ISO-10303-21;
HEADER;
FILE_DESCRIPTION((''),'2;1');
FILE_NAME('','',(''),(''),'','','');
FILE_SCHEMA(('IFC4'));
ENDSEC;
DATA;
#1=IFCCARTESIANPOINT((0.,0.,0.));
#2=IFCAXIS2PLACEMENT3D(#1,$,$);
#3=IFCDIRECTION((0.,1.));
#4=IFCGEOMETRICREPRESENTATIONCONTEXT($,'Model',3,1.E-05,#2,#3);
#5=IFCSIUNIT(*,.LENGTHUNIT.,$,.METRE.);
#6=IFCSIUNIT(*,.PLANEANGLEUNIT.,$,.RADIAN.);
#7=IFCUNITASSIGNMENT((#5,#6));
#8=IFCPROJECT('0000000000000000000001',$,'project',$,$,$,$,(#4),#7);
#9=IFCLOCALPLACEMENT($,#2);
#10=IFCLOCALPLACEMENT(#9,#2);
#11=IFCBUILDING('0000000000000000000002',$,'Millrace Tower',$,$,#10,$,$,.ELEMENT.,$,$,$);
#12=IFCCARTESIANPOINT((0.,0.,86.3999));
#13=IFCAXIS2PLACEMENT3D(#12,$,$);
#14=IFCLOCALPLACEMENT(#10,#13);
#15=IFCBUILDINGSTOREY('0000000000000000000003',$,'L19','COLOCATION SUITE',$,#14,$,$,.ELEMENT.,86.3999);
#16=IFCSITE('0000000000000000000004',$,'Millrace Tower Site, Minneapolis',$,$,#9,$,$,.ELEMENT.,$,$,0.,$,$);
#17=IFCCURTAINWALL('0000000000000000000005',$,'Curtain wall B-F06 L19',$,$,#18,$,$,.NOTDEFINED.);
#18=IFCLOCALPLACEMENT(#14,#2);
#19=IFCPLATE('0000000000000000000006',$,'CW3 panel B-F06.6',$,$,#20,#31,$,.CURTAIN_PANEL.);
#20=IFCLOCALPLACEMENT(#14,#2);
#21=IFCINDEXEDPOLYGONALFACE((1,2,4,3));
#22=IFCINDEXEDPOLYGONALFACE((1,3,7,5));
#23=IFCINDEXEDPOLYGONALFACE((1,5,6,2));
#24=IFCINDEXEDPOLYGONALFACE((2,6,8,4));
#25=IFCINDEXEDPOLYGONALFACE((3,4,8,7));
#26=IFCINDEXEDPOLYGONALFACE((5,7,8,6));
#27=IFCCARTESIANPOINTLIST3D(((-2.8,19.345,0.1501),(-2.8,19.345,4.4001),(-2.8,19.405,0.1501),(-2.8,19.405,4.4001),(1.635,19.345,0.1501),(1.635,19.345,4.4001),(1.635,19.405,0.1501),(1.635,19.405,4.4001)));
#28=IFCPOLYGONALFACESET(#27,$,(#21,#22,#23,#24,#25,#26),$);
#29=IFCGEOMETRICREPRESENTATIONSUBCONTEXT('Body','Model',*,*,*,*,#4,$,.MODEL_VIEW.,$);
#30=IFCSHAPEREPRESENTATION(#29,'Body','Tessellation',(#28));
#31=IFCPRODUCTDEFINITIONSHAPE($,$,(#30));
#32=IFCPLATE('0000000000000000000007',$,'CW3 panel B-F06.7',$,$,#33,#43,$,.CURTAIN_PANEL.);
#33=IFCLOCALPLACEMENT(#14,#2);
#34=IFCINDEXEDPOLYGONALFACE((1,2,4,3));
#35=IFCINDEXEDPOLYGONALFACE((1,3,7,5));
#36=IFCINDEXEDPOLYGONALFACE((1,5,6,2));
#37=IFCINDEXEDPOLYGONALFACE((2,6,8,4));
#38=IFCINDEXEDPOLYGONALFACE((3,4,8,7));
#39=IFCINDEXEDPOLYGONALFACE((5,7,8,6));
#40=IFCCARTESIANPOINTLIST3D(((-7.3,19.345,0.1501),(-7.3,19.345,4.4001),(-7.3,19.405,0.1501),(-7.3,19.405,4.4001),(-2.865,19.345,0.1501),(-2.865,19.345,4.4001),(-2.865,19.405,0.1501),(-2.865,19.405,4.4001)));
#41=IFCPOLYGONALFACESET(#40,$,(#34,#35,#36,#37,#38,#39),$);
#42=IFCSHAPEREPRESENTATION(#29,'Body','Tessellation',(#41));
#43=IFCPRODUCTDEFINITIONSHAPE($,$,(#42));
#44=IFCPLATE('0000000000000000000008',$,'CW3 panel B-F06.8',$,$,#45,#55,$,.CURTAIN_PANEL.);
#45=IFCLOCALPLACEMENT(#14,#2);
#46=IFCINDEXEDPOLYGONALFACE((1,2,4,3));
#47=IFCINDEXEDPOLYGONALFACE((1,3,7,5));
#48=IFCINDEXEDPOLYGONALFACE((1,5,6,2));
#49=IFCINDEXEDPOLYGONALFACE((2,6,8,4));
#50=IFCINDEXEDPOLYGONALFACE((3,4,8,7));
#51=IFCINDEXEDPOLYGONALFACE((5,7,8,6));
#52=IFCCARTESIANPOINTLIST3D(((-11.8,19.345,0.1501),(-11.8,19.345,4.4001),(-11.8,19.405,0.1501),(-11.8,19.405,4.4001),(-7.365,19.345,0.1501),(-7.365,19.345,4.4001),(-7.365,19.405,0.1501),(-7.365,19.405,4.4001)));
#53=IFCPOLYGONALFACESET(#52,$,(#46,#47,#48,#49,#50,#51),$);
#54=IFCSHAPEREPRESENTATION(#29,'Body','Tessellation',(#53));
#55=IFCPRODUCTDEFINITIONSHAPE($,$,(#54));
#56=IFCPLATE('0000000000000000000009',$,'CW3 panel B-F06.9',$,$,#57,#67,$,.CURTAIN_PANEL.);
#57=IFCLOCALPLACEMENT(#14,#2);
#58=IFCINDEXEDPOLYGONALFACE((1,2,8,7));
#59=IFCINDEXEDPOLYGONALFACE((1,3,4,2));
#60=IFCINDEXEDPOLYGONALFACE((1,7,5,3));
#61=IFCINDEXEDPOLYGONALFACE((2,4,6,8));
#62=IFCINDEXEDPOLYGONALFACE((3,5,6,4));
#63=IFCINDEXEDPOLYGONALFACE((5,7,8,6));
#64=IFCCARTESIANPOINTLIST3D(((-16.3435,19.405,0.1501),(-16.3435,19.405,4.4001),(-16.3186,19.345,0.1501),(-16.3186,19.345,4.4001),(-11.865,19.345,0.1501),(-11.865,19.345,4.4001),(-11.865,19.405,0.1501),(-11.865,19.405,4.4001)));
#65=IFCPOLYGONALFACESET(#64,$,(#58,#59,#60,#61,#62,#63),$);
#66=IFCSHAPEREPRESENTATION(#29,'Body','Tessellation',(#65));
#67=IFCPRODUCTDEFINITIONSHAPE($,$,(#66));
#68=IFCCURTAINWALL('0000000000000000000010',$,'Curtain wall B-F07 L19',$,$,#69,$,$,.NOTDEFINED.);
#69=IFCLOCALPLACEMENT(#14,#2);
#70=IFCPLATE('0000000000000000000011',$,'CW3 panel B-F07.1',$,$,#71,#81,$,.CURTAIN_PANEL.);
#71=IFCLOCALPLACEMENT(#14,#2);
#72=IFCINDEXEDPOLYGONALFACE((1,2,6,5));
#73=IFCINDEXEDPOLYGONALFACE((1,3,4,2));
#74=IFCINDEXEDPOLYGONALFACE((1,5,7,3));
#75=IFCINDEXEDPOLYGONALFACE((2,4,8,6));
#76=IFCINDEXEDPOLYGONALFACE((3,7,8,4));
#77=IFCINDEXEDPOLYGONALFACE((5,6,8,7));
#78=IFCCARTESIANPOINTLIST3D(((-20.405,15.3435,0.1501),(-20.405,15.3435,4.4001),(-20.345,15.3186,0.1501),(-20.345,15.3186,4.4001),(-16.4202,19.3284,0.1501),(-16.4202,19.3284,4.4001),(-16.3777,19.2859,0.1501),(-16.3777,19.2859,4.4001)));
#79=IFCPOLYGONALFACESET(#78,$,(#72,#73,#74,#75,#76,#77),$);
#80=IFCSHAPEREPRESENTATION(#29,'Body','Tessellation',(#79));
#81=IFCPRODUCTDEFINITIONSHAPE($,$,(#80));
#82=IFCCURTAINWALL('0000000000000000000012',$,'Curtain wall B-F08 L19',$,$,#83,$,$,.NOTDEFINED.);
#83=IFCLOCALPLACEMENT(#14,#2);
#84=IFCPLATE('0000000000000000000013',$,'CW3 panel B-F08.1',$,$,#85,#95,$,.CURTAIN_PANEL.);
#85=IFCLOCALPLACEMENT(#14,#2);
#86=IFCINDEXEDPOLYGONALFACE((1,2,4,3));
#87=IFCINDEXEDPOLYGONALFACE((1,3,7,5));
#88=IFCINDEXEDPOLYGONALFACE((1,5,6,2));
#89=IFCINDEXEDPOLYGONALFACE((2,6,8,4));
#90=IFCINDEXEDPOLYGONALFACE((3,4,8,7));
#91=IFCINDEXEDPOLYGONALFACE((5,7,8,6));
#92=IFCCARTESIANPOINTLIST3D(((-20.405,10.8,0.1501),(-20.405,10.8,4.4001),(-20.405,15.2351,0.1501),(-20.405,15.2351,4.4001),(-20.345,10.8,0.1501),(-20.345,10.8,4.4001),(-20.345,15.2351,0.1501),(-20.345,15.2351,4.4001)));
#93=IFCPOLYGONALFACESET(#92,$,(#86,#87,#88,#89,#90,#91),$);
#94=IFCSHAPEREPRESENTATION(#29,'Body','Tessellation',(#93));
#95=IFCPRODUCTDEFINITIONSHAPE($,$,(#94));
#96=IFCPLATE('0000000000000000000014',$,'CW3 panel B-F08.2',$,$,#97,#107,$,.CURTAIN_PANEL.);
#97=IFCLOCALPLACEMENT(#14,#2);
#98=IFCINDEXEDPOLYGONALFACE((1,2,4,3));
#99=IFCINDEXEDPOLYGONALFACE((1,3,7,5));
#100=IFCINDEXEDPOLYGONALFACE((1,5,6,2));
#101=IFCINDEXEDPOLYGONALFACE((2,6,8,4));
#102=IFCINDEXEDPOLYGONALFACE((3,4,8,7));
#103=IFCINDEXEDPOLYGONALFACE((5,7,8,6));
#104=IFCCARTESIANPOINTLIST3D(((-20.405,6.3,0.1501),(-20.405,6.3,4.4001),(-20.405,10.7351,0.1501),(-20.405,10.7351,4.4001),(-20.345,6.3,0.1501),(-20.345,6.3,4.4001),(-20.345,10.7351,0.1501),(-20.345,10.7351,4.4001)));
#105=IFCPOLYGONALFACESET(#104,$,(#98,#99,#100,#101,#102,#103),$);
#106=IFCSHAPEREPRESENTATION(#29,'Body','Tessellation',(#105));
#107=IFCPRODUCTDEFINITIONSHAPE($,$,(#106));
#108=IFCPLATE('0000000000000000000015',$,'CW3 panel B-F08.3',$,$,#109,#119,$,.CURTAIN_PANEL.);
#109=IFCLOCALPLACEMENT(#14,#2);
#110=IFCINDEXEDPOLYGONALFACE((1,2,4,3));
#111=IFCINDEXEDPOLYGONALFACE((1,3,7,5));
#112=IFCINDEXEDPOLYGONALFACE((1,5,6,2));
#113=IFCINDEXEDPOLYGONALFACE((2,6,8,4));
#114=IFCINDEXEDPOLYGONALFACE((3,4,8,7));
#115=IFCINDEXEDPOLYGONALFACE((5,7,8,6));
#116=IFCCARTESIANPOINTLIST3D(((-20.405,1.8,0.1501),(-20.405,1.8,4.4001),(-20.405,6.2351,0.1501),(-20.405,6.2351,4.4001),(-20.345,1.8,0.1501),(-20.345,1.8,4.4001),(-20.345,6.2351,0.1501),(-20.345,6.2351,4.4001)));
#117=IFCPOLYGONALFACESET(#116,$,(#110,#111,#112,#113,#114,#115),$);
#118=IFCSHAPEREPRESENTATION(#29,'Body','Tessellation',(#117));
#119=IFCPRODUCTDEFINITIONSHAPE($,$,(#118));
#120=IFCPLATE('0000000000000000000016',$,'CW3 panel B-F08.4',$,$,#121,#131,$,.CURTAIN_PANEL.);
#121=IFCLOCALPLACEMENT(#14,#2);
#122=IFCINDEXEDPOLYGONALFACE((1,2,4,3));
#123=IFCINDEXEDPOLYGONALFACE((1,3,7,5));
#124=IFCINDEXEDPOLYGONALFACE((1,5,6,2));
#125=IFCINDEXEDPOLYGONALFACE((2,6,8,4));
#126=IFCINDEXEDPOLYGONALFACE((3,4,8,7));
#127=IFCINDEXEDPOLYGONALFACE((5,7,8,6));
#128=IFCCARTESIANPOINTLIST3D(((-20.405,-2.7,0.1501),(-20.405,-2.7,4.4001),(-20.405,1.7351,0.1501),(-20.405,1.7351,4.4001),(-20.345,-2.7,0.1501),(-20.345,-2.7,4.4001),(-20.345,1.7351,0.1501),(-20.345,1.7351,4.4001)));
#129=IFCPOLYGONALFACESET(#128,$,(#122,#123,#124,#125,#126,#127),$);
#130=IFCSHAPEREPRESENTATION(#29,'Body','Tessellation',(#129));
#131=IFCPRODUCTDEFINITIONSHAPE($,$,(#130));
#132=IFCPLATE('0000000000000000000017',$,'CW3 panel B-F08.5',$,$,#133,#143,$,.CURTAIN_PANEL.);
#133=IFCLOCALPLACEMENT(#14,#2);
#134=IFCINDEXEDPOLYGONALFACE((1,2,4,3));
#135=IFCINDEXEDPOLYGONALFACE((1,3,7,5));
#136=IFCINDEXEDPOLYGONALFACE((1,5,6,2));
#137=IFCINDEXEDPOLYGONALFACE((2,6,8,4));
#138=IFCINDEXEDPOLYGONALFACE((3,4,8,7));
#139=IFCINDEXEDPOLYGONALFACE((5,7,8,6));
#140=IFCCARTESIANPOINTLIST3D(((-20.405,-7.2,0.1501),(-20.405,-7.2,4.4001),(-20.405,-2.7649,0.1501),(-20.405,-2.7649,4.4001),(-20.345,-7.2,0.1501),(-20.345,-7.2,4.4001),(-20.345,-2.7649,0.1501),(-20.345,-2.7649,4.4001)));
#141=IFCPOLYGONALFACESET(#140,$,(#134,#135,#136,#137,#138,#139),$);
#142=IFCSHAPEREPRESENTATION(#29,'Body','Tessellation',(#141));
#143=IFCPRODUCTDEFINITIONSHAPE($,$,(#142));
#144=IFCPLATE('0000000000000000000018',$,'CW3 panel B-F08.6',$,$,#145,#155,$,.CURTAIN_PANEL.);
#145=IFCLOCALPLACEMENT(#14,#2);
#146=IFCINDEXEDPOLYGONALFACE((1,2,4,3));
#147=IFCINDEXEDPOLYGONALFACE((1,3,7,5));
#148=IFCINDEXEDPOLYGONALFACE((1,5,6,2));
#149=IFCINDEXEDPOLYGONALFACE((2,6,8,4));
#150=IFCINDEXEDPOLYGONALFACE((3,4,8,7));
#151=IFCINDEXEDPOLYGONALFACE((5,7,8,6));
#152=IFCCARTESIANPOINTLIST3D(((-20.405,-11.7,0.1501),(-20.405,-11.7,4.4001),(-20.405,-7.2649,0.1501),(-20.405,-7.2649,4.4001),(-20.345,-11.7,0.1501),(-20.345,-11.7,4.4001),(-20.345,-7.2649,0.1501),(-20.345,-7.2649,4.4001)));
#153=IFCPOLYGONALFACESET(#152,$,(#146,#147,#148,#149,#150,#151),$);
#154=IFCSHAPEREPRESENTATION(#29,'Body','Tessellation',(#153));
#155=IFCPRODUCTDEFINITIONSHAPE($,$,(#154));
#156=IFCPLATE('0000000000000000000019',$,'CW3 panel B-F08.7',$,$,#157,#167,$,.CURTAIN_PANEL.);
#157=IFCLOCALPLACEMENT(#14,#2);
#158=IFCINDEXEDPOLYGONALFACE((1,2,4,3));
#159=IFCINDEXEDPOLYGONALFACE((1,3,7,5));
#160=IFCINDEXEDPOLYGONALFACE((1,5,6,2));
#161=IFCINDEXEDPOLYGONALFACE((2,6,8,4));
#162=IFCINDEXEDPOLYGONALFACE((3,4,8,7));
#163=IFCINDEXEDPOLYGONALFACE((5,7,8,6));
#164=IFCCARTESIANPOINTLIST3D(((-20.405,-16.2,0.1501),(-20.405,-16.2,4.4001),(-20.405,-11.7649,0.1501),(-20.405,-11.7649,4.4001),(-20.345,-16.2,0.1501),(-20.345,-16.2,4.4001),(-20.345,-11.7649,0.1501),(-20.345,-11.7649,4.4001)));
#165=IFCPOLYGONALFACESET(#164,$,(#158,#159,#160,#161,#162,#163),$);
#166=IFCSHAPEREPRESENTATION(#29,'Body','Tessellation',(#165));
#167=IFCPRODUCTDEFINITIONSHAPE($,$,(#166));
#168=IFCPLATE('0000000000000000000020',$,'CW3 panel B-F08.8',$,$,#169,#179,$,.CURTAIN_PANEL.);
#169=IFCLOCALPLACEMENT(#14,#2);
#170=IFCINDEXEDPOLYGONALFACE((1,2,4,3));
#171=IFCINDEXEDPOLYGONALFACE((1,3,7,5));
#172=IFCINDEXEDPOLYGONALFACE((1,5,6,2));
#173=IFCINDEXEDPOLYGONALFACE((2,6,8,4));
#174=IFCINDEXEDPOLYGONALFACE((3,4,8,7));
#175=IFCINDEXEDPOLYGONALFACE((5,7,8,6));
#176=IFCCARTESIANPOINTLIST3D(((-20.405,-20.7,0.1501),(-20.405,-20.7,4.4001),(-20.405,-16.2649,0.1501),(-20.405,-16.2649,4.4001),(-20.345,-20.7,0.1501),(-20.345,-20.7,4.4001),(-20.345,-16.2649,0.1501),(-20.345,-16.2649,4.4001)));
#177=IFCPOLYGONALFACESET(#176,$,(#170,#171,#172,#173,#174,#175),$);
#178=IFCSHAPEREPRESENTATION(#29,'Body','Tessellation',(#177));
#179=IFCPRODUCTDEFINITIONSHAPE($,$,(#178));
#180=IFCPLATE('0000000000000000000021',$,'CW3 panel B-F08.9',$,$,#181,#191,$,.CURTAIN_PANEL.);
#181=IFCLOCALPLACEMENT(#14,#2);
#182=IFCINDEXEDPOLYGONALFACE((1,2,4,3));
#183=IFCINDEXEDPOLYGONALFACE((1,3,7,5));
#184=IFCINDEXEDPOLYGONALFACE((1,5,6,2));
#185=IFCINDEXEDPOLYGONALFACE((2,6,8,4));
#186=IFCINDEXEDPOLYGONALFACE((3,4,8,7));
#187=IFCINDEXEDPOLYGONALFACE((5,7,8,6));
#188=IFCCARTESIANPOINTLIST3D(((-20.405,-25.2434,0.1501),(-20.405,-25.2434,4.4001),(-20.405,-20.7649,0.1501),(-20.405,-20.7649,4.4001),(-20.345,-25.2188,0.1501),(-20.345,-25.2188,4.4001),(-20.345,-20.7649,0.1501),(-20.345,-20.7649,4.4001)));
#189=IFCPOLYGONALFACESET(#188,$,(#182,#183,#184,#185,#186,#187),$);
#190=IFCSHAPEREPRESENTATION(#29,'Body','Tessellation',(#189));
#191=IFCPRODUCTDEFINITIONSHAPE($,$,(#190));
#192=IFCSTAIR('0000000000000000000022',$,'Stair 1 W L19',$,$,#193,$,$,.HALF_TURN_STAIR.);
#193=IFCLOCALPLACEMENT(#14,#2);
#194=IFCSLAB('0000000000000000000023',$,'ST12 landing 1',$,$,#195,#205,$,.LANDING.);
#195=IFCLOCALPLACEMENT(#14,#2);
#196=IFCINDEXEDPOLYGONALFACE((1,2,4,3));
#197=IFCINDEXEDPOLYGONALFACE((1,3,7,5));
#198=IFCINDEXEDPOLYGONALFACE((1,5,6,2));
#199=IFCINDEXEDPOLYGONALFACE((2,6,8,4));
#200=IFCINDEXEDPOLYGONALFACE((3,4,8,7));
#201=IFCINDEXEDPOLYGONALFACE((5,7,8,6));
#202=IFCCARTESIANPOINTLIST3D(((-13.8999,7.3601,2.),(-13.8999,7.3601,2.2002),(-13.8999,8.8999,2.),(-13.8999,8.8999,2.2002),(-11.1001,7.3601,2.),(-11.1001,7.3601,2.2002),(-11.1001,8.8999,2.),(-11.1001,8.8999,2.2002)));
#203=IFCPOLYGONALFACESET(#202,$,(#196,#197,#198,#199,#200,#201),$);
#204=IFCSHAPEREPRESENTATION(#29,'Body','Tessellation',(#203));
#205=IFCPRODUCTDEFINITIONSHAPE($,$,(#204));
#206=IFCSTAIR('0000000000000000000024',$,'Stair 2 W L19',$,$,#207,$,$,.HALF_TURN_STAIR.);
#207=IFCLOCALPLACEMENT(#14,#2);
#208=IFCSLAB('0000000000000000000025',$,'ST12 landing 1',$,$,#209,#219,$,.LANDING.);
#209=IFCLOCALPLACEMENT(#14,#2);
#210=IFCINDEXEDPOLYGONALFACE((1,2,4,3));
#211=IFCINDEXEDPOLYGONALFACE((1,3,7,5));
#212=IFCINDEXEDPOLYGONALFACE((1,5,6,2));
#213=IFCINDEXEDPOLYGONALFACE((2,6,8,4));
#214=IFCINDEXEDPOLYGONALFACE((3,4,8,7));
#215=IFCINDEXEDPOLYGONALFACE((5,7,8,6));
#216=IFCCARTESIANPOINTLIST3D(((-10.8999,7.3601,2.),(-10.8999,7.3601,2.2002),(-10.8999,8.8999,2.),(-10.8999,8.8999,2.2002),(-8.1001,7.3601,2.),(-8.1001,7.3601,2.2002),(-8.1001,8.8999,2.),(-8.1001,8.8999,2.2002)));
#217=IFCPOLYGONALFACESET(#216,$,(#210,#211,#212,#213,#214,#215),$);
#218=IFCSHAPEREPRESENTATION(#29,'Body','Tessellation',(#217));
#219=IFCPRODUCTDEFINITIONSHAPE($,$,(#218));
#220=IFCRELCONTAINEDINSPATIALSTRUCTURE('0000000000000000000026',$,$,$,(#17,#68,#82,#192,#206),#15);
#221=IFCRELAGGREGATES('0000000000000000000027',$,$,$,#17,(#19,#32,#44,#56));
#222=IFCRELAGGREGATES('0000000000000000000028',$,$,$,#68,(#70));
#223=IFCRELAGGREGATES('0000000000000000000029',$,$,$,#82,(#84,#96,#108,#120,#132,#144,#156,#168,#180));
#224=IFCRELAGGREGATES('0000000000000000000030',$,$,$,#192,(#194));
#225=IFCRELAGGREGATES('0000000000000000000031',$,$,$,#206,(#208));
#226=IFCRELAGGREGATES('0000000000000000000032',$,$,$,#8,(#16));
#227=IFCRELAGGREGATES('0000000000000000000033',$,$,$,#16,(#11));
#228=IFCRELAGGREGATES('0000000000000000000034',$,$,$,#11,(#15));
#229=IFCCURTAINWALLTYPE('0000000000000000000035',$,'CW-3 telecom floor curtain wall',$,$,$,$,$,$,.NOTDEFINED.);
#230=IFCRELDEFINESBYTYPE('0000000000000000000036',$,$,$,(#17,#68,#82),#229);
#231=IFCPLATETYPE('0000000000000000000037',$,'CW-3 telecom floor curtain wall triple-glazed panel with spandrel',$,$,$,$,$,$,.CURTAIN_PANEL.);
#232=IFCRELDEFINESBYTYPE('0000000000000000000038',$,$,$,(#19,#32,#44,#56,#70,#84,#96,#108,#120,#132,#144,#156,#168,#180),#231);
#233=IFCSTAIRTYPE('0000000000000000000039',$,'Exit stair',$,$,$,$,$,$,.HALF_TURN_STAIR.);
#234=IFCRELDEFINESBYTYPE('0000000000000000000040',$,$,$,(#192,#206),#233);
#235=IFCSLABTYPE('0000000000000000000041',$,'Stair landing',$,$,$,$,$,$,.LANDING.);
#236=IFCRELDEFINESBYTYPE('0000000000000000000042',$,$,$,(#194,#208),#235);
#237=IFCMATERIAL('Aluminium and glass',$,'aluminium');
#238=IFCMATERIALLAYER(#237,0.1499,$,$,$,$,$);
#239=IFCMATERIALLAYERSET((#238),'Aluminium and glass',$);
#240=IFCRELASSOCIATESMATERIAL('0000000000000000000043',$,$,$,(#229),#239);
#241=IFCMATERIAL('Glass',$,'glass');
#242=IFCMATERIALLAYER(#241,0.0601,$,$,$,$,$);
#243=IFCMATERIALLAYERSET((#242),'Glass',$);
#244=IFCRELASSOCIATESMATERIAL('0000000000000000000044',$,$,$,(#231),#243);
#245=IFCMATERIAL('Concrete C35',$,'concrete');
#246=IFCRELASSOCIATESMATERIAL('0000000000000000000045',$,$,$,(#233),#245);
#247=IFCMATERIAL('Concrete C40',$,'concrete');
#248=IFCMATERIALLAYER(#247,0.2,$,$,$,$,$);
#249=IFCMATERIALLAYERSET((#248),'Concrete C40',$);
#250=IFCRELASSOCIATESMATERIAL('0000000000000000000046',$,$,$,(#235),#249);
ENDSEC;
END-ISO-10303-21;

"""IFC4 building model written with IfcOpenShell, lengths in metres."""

from ifc_helpers import new_model, si_unit, direction, frame, origin, place, context, subcontext, project, spatial, polyline, outline, extrude, material, layer, layer_set, type_object, element, aggregate, save


model = new_model("IFC4")

# Units and contexts
model_context = context("Model", 3, precision=1e-05, world=origin(), true_north=direction((0.0, 1.0)))
body_context = subcontext(model_context, "Body", "Model", "MODEL_VIEW")
ifc_project = project(units=[si_unit("LENGTHUNIT", "METRE"), si_unit("PLANEANGLEUNIT", "RADIAN")], contexts=[model_context])

# Site, building, storey
site_placement = place(None, origin())
site = spatial("IfcSite", under=ifc_project, at=site_placement, Name="Millrace Tower Site, Minneapolis", CompositionType="ELEMENT", RefElevation=0.0)
building_placement = place(site_placement, origin())
building = spatial("IfcBuilding", under=site, at=building_placement, Name="Millrace Tower", CompositionType="ELEMENT")
storey_placement = place(building_placement, frame((0.0, 0.0, 86.3999)))
storey = spatial("IfcBuildingStorey", under=building, at=storey_placement, Name="L19", Description="COLOCATION SUITE", CompositionType="ELEMENT", Elevation=86.3999)

# Curtain wall, plates
ifc_material_1 = material(Name="Aluminium and glass", Category="aluminium")
ifc_layer_1 = layer(ifc_material_1, 0.1499)
ifc_layer_set_1 = layer_set([ifc_layer_1], Name="Aluminium and glass")
curtain_wall_type = type_object("IfcCurtainWallType", Name="CW-3 telecom floor curtain wall", PredefinedType="NOTDEFINED", material=ifc_layer_set_1)
placement_1 = place(storey_placement, origin())
curtain_wall_1 = element("IfcCurtainWall", 1, at=placement_1, inside=storey, type_object=curtain_wall_type, Name="Curtain wall B-F06 L19", PredefinedType="NOTDEFINED")
ifc_material_2 = material(Name="Glass", Category="glass")
ifc_layer_2 = layer(ifc_material_2, 0.0601)
ifc_layer_set_2 = layer_set([ifc_layer_2], Name="Glass")
plate_type = type_object("IfcPlateType", Name="CW-3 telecom floor curtain wall triple-glazed panel with spandrel", PredefinedType="CURTAIN_PANEL", material=ifc_layer_set_2)
placement_2 = place(storey_placement, frame((0.0, 0.0, 0.1501)))
plate_1 = element("IfcPlate", 2, at=placement_2, type_object=plate_type, Name="CW3 panel B-F06.6", PredefinedType="CURTAIN_PANEL", context=body_context, shape_type="SweptSolid", body=[
    extrude(outline(polyline([(1.635, 19.405), (-2.8, 19.405), (-2.8, 19.345), (1.635, 19.345), (1.635, 19.405)])), origin(), (0.0, 0.0, 1.0), 4.25),
])
plate_2 = element("IfcPlate", 3, at=placement_2, type_object=plate_type, Name="CW3 panel B-F06.7", PredefinedType="CURTAIN_PANEL", context=body_context, shape_type="SweptSolid", body=[
    extrude(outline(polyline([(-2.865, 19.405), (-7.3, 19.405), (-7.3, 19.345), (-2.865, 19.345), (-2.865, 19.405)])), origin(), (0.0, 0.0, 1.0), 4.25),
])
plate_3 = element("IfcPlate", 4, at=placement_2, type_object=plate_type, Name="CW3 panel B-F06.8", PredefinedType="CURTAIN_PANEL", context=body_context, shape_type="SweptSolid", body=[
    extrude(outline(polyline([(-7.365, 19.405), (-11.8, 19.405), (-11.8, 19.345), (-7.365, 19.345), (-7.365, 19.405)])), origin(), (0.0, 0.0, 1.0), 4.25),
])
plate_4 = element("IfcPlate", 5, at=placement_2, type_object=plate_type, Name="CW3 panel B-F06.9", PredefinedType="CURTAIN_PANEL", context=body_context, shape_type="SweptSolid", body=[
    extrude(outline(polyline([(-11.865, 19.405), (-16.3435, 19.405), (-16.3186, 19.345), (-11.865, 19.345), (-11.865, 19.405)])), origin(), (0.0, 0.0, 1.0), 4.25),
])
aggregate(curtain_wall_1, [plate_1, plate_2, plate_3, plate_4])

# Curtain wall, plate
curtain_wall_2 = element("IfcCurtainWall", 6, at=placement_1, inside=storey, type_object=curtain_wall_type, Name="Curtain wall B-F07 L19", PredefinedType="NOTDEFINED")
plate_5 = element("IfcPlate", 7, at=placement_2, type_object=plate_type, Name="CW3 panel B-F07.1", PredefinedType="CURTAIN_PANEL", context=body_context, shape_type="SweptSolid", body=[
    extrude(outline(polyline([(-16.4202, 19.3284), (-20.405, 15.3435), (-20.345, 15.3186), (-16.3777, 19.2859), (-16.4202, 19.3284)])), origin(), (0.0, 0.0, 1.0), 4.25),
])
aggregate(curtain_wall_2, [plate_5])

# Curtain wall, plates
curtain_wall_3 = element("IfcCurtainWall", 8, at=placement_1, inside=storey, type_object=curtain_wall_type, Name="Curtain wall B-F08 L19", PredefinedType="NOTDEFINED")
plate_6 = element("IfcPlate", 9, at=placement_2, type_object=plate_type, Name="CW3 panel B-F08.1", PredefinedType="CURTAIN_PANEL", context=body_context, shape_type="SweptSolid", body=[
    extrude(outline(polyline([(-20.405, 15.2351), (-20.405, 10.8), (-20.345, 10.8), (-20.345, 15.2351), (-20.405, 15.2351)])), origin(), (0.0, 0.0, 1.0), 4.25),
])
plate_7 = element("IfcPlate", 10, at=placement_2, type_object=plate_type, Name="CW3 panel B-F08.2", PredefinedType="CURTAIN_PANEL", context=body_context, shape_type="SweptSolid", body=[
    extrude(outline(polyline([(-20.405, 10.7351), (-20.405, 6.3), (-20.345, 6.3), (-20.345, 10.7351), (-20.405, 10.7351)])), origin(), (0.0, 0.0, 1.0), 4.25),
])
plate_8 = element("IfcPlate", 11, at=placement_2, type_object=plate_type, Name="CW3 panel B-F08.3", PredefinedType="CURTAIN_PANEL", context=body_context, shape_type="SweptSolid", body=[
    extrude(outline(polyline([(-20.405, 6.2351), (-20.405, 1.8), (-20.345, 1.8), (-20.345, 6.2351), (-20.405, 6.2351)])), origin(), (0.0, 0.0, 1.0), 4.25),
])
plate_9 = element("IfcPlate", 12, at=placement_2, type_object=plate_type, Name="CW3 panel B-F08.4", PredefinedType="CURTAIN_PANEL", context=body_context, shape_type="SweptSolid", body=[
    extrude(outline(polyline([(-20.405, 1.7351), (-20.405, -2.7), (-20.345, -2.7), (-20.345, 1.7351), (-20.405, 1.7351)])), origin(), (0.0, 0.0, 1.0), 4.25),
])
plate_10 = element("IfcPlate", 13, at=placement_2, type_object=plate_type, Name="CW3 panel B-F08.5", PredefinedType="CURTAIN_PANEL", context=body_context, shape_type="SweptSolid", body=[
    extrude(outline(polyline([(-20.405, -2.7649), (-20.405, -7.2), (-20.345, -7.2), (-20.345, -2.7649), (-20.405, -2.7649)])), origin(), (0.0, 0.0, 1.0), 4.25),
])
plate_11 = element("IfcPlate", 14, at=placement_2, type_object=plate_type, Name="CW3 panel B-F08.6", PredefinedType="CURTAIN_PANEL", context=body_context, shape_type="SweptSolid", body=[
    extrude(outline(polyline([(-20.405, -7.2649), (-20.405, -11.7), (-20.345, -11.7), (-20.345, -7.2649), (-20.405, -7.2649)])), origin(), (0.0, 0.0, 1.0), 4.25),
])
plate_12 = element("IfcPlate", 15, at=placement_2, type_object=plate_type, Name="CW3 panel B-F08.7", PredefinedType="CURTAIN_PANEL", context=body_context, shape_type="SweptSolid", body=[
    extrude(outline(polyline([(-20.405, -11.7649), (-20.405, -16.2), (-20.345, -16.2), (-20.345, -11.7649), (-20.405, -11.7649)])), origin(), (0.0, 0.0, 1.0), 4.25),
])
plate_13 = element("IfcPlate", 16, at=placement_2, type_object=plate_type, Name="CW3 panel B-F08.8", PredefinedType="CURTAIN_PANEL", context=body_context, shape_type="SweptSolid", body=[
    extrude(outline(polyline([(-20.405, -16.2649), (-20.405, -20.7), (-20.345, -20.7), (-20.345, -16.2649), (-20.405, -16.2649)])), origin(), (0.0, 0.0, 1.0), 4.25),
])
plate_14 = element("IfcPlate", 17, at=placement_2, type_object=plate_type, Name="CW3 panel B-F08.9", PredefinedType="CURTAIN_PANEL", context=body_context, shape_type="SweptSolid", body=[
    extrude(outline(polyline([(-20.405, -20.7649), (-20.405, -25.2434), (-20.345, -25.2188), (-20.345, -20.7649), (-20.405, -20.7649)])), origin(), (0.0, 0.0, 1.0), 4.25),
])
aggregate(curtain_wall_3, [plate_6, plate_7, plate_8, plate_9, plate_10, plate_11, plate_12, plate_13, plate_14])

# Stairs, slabs
ifc_material_3 = material(Name="Concrete C35", Category="concrete")
stair_type = type_object("IfcStairType", Name="Exit stair", PredefinedType="HALF_TURN_STAIR", material=ifc_material_3)
stair_1 = element("IfcStair", 18, at=placement_1, inside=storey, type_object=stair_type, Name="Stair 1 W L19", PredefinedType="HALF_TURN_STAIR")
ifc_material_4 = material(Name="Concrete C40", Category="concrete")
ifc_layer_3 = layer(ifc_material_4, 0.2)
ifc_layer_set_3 = layer_set([ifc_layer_3], Name="Concrete C40")
slab_type = type_object("IfcSlabType", Name="Stair landing", PredefinedType="LANDING", material=ifc_layer_set_3)
placement_3 = place(storey_placement, frame((0.0, 0.0, 2.0)))
slab_1 = element("IfcSlab", 19, at=placement_3, type_object=slab_type, Name="ST12 landing 1", PredefinedType="LANDING", context=body_context, shape_type="SweptSolid", body=[
    extrude(outline(polyline([(-13.8999, 7.3601), (-11.1001, 7.3601), (-11.1001, 8.8999), (-13.8999, 8.8999), (-13.8999, 7.3601)])), origin(), (0.0, 0.0, 1.0), 0.2002),
])
aggregate(stair_1, [slab_1])
stair_2 = element("IfcStair", 20, at=placement_1, inside=storey, type_object=stair_type, Name="Stair 2 W L19", PredefinedType="HALF_TURN_STAIR")
slab_2 = element("IfcSlab", 21, at=placement_3, type_object=slab_type, Name="ST12 landing 1", PredefinedType="LANDING", context=body_context, shape_type="SweptSolid", body=[
    extrude(outline(polyline([(-10.8999, 7.3601), (-8.1001, 7.3601), (-8.1001, 8.8999), (-10.8999, 8.8999), (-10.8999, 7.3601)])), origin(), (0.0, 0.0, 1.0), 0.2002),
])
aggregate(stair_2, [slab_2])

save(model, "model.ifc")
